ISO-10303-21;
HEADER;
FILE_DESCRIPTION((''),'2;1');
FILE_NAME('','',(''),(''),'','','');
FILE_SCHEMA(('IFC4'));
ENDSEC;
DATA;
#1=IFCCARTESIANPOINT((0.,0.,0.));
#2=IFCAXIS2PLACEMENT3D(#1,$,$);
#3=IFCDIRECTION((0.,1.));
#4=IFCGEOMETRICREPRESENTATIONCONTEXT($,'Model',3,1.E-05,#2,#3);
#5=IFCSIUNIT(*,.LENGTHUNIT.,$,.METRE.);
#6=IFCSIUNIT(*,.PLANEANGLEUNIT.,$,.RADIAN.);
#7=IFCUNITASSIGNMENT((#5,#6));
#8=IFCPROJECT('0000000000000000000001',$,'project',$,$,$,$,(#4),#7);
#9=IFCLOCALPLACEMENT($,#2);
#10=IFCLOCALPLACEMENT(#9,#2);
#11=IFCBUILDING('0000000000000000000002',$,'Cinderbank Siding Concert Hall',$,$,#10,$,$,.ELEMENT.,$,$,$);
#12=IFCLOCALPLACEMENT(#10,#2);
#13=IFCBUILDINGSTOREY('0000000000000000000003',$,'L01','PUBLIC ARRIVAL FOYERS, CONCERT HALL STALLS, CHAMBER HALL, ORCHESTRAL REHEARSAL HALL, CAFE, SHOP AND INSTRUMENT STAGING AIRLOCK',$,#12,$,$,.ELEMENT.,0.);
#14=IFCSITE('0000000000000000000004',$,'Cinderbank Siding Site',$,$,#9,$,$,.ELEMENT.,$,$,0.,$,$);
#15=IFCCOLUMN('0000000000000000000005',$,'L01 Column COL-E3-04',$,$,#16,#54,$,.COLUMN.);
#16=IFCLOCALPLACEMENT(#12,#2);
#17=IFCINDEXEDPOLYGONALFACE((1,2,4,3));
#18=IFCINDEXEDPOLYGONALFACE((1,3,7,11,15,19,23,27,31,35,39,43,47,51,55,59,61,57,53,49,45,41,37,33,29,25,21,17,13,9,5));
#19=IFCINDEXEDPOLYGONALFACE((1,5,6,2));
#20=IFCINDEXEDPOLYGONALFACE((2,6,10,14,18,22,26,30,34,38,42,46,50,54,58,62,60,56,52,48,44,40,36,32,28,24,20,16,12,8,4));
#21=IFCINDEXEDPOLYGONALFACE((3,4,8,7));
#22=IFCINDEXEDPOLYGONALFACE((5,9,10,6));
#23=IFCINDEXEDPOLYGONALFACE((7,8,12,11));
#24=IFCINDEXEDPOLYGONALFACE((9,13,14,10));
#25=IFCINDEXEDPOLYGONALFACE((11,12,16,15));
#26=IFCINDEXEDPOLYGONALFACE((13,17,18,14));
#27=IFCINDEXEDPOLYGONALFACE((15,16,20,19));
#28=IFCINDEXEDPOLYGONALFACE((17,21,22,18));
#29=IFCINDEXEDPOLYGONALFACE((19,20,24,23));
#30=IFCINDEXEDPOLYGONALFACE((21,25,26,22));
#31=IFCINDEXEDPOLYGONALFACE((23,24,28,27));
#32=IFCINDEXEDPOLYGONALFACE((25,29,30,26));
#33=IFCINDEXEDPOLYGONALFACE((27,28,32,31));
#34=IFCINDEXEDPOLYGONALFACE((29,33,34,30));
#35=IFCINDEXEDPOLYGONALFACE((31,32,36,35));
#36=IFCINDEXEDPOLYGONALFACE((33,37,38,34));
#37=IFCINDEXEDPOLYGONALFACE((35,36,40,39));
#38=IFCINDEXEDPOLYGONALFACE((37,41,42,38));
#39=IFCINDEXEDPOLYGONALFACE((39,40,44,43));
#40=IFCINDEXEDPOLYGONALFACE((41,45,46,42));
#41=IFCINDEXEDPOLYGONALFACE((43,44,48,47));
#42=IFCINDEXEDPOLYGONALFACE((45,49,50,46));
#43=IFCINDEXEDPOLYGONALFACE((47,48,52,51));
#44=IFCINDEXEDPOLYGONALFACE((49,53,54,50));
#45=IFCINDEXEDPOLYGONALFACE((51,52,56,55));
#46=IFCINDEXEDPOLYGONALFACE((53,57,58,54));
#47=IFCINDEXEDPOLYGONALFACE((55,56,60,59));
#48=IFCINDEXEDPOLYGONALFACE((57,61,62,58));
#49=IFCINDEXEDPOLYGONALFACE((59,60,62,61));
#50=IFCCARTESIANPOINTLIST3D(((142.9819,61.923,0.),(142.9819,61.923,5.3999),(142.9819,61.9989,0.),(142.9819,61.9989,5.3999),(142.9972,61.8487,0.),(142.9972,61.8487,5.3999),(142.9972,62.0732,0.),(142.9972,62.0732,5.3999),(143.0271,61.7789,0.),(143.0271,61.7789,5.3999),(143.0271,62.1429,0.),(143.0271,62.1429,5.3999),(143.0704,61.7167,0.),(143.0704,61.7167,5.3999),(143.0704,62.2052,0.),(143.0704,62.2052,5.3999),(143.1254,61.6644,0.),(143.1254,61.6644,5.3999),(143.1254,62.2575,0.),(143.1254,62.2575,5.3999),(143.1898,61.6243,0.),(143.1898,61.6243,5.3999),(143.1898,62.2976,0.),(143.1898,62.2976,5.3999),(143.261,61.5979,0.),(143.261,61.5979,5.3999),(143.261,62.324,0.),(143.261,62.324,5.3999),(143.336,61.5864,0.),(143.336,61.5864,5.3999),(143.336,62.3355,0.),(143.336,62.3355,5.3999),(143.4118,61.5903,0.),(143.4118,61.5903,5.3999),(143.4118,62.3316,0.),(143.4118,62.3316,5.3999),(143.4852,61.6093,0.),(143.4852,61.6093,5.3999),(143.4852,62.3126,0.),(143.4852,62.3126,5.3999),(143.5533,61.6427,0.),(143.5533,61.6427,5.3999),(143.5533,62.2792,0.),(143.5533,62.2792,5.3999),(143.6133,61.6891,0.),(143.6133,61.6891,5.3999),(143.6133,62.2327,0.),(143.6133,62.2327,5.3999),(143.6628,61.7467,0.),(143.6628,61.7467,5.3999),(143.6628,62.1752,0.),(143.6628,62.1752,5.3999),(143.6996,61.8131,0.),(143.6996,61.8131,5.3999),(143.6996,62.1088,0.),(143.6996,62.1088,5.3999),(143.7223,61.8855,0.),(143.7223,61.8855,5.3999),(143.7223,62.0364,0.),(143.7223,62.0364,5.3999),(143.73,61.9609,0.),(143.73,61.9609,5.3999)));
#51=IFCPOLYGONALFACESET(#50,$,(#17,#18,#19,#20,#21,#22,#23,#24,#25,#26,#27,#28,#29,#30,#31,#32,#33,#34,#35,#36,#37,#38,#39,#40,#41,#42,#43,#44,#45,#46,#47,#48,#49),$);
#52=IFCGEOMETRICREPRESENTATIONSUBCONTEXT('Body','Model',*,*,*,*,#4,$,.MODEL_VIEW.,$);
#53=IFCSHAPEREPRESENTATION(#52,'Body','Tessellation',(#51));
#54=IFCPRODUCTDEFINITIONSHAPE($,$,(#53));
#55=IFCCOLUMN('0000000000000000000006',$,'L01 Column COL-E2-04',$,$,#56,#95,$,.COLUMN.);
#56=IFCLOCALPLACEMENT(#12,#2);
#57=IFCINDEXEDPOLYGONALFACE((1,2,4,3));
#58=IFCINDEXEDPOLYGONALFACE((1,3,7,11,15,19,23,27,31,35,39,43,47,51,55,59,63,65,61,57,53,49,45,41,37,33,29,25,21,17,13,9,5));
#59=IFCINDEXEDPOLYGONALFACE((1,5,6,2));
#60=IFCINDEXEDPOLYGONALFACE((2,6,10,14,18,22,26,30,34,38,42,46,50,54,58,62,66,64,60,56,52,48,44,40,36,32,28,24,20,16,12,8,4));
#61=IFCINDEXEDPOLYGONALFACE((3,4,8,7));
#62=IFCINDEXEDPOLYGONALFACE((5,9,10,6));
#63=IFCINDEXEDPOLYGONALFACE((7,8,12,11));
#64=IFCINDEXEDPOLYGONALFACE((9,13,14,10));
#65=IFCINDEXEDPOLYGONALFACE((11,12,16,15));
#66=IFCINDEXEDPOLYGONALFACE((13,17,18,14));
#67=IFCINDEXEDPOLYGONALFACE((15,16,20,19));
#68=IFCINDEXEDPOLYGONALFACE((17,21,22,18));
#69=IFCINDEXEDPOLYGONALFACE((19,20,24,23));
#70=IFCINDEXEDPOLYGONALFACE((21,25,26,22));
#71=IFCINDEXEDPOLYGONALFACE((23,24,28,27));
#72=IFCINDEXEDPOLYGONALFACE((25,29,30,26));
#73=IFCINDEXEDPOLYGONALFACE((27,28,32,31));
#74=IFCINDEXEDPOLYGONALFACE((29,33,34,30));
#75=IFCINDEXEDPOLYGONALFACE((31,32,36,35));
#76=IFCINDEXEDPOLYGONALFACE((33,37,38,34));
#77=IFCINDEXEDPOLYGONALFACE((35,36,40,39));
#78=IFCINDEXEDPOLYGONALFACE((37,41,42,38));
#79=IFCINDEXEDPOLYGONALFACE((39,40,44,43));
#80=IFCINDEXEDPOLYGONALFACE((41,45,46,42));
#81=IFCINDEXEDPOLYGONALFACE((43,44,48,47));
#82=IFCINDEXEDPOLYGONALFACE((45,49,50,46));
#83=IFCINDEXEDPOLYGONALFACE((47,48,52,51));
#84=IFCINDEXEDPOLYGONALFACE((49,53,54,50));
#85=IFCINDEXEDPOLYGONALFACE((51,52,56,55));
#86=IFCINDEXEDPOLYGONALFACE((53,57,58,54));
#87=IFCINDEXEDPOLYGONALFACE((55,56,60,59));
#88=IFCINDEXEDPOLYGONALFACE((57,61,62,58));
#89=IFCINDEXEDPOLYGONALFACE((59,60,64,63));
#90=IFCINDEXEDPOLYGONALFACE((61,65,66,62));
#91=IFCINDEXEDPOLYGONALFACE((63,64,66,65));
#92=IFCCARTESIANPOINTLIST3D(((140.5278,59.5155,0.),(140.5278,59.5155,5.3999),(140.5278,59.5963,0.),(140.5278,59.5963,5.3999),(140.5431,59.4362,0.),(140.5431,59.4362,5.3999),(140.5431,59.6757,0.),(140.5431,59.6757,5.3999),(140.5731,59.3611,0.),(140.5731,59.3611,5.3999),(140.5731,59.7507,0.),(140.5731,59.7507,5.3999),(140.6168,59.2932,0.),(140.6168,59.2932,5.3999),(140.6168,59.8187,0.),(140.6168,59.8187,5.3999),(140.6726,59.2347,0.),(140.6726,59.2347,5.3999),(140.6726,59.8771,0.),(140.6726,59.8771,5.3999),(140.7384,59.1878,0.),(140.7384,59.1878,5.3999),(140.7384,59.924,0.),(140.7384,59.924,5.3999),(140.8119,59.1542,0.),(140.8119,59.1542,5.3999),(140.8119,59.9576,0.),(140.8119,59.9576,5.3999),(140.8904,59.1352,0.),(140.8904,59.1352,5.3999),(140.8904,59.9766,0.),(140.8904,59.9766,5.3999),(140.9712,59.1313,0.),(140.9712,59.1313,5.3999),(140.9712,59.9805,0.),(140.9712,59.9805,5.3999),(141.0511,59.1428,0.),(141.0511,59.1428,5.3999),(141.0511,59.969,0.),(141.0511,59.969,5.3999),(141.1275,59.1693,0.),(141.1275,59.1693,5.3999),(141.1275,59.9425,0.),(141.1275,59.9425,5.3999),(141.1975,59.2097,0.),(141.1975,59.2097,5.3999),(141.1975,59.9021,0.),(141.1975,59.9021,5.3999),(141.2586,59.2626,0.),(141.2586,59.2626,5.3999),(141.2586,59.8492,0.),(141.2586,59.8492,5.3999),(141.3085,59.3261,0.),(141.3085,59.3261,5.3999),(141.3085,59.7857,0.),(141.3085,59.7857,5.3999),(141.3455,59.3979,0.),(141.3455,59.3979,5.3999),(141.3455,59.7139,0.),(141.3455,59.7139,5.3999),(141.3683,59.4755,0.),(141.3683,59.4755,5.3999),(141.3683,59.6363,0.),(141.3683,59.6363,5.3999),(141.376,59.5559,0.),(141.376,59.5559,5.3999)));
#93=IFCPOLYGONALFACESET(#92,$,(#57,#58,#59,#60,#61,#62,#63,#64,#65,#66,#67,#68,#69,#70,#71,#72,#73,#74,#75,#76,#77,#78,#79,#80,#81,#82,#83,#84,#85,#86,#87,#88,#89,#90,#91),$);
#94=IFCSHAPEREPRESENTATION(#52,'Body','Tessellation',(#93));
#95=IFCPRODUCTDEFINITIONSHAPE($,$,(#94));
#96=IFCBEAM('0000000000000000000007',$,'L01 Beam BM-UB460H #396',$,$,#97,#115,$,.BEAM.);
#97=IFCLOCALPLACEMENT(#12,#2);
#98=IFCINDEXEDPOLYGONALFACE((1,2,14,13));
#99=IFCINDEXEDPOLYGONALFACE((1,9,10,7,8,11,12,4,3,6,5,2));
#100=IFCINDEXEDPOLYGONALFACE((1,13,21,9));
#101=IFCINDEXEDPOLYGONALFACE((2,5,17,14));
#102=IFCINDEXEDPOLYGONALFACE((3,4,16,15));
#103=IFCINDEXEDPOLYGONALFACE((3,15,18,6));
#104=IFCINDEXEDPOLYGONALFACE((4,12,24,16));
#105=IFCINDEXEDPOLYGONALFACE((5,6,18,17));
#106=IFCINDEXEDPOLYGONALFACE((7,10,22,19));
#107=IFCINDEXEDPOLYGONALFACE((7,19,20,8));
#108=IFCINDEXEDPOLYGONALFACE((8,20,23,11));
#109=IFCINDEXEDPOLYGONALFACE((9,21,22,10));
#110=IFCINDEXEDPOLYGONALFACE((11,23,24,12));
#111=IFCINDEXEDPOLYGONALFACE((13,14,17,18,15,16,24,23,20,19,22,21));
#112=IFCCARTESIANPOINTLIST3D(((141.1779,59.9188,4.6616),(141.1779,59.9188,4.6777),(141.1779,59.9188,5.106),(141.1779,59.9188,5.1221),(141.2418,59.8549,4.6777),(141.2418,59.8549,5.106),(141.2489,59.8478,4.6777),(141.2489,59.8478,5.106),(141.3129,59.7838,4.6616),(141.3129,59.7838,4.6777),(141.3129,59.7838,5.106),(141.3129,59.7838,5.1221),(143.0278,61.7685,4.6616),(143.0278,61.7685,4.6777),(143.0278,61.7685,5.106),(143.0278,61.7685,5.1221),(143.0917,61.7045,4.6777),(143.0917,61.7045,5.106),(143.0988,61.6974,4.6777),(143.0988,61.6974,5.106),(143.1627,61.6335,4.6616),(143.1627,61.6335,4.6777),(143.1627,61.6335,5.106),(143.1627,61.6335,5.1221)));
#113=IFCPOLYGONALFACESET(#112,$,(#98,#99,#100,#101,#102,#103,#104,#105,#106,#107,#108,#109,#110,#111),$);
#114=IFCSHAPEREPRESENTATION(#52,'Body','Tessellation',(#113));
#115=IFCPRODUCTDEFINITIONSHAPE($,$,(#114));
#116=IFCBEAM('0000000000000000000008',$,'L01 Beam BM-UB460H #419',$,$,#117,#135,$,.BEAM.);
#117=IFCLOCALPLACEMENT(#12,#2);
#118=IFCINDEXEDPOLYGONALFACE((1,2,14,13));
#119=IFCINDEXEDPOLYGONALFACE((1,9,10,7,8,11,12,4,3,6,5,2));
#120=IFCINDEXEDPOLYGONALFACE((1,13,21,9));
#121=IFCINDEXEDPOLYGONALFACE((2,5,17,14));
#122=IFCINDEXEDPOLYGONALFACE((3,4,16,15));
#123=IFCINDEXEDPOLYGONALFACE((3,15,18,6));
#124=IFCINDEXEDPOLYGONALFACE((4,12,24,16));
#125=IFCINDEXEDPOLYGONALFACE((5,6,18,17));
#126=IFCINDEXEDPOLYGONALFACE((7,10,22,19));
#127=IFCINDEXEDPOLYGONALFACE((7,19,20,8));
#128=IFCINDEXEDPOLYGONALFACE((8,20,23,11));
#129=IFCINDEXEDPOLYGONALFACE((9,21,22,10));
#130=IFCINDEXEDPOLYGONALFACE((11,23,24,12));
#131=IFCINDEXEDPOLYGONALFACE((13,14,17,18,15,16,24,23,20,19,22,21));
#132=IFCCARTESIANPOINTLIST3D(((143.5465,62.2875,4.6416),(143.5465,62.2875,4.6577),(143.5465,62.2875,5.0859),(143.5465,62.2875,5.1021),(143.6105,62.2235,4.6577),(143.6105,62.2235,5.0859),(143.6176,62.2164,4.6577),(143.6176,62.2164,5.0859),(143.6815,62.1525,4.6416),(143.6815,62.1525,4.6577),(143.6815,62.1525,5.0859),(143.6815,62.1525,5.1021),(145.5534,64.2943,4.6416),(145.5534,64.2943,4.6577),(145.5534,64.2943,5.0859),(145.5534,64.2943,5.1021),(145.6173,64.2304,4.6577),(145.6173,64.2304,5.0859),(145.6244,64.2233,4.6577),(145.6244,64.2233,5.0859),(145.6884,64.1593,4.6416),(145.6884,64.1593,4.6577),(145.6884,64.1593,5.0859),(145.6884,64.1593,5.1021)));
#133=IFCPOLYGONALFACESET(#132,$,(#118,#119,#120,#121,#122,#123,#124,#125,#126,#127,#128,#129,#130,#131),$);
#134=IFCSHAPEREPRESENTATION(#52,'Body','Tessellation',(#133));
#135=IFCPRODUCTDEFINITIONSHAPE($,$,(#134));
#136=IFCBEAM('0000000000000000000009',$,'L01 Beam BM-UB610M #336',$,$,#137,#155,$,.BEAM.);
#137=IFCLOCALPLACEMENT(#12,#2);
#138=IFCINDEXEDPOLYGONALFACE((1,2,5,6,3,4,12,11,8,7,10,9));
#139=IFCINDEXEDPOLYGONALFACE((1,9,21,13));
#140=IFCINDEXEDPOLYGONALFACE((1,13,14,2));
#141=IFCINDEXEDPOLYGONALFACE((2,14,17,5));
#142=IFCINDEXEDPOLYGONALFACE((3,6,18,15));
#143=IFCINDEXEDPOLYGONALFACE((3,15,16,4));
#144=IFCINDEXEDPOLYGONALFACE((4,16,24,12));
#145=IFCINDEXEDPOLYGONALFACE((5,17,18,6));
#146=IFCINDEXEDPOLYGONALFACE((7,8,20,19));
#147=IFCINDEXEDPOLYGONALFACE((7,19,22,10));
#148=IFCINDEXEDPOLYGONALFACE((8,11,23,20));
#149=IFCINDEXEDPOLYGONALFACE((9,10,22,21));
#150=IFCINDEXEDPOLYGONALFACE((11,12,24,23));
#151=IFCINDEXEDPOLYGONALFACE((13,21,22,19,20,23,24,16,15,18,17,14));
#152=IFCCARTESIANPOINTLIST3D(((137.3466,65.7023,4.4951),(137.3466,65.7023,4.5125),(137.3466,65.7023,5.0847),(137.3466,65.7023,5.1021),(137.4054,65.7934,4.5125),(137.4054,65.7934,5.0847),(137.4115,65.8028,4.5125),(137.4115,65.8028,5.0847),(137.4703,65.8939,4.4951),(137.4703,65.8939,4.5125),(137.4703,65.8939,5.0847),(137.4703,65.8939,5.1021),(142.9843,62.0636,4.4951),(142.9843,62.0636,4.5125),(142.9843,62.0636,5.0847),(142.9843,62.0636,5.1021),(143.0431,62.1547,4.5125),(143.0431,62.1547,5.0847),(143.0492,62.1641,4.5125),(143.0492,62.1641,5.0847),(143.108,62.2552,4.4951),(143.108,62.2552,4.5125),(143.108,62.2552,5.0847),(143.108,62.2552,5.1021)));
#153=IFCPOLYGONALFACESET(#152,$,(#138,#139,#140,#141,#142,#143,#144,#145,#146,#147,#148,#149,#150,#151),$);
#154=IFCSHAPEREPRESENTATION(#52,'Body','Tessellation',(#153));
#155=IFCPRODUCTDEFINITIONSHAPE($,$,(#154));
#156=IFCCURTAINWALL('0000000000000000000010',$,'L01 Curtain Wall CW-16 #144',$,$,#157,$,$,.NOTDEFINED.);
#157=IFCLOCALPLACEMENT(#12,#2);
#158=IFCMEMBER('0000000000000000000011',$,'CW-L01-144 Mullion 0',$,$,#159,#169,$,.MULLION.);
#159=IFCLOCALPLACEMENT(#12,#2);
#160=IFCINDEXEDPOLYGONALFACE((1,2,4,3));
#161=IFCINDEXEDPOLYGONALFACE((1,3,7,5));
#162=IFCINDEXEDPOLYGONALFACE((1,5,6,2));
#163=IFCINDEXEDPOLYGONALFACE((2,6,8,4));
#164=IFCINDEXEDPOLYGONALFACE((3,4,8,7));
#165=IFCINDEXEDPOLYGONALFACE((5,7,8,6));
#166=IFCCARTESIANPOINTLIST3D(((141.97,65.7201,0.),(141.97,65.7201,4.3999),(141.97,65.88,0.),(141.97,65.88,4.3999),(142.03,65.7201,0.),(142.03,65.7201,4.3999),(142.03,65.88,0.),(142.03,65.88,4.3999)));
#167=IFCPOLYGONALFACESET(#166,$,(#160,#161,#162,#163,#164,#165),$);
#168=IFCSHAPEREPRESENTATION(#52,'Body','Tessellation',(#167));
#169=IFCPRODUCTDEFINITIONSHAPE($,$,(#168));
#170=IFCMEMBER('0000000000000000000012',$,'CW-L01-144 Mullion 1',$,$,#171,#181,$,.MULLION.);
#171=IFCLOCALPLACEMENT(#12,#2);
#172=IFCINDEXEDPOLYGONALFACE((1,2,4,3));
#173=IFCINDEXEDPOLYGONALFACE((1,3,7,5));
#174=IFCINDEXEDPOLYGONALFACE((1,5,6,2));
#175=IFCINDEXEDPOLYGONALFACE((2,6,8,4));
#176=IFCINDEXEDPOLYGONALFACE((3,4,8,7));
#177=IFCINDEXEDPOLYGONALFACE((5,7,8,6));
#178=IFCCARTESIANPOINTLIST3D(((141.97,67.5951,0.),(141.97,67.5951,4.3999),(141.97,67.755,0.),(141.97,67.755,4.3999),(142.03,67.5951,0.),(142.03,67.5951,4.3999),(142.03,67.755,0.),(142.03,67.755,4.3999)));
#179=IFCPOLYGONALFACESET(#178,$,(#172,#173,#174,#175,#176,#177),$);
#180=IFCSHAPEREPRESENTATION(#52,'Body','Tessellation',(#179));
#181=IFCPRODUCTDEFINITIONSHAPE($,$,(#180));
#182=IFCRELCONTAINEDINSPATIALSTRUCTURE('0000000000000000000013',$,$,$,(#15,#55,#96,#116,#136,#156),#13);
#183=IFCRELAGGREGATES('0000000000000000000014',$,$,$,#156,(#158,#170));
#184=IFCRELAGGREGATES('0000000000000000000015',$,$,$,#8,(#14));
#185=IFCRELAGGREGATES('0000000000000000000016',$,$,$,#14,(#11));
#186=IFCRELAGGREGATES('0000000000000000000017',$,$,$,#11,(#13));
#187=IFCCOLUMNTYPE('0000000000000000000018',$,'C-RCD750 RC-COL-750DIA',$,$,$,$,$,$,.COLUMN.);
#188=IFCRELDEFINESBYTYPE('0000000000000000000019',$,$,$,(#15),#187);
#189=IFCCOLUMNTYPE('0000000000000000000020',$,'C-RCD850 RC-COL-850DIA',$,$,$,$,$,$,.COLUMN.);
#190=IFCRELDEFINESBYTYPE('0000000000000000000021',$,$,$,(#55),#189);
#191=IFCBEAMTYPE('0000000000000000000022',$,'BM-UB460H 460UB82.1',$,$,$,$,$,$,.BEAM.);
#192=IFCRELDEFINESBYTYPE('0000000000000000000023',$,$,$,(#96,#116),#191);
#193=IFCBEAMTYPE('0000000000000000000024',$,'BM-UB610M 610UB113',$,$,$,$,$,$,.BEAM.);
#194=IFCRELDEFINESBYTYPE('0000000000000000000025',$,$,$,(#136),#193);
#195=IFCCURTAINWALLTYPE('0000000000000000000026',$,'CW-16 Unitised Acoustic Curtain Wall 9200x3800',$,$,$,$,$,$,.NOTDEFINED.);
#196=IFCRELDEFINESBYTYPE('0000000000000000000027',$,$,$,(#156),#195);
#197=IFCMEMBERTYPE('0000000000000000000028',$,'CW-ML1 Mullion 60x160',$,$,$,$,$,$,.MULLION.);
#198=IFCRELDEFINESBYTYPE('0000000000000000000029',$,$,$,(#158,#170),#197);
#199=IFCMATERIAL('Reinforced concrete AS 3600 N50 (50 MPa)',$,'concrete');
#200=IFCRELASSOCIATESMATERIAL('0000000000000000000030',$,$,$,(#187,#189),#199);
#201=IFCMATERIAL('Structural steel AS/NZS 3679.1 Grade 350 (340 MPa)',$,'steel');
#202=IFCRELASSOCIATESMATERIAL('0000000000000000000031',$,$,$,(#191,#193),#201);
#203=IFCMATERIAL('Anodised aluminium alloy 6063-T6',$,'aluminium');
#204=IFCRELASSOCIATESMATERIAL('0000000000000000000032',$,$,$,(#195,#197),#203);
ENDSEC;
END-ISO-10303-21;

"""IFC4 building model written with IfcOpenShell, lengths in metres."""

from ifc_helpers import new_model, si_unit, direction, frame, origin, origin_2d, place, context, subcontext, project, spatial, rectangle, circle, i_section, extrude, material, material_profile, profile_set, type_object, element, aggregate, save


model = new_model("IFC4")

# Units and contexts
model_context = context("Model", 3, precision=1e-05, world=origin(), true_north=direction((0.0, 1.0)))
body_context = subcontext(model_context, "Body", "Model", "MODEL_VIEW")
ifc_project = project(units=[si_unit("LENGTHUNIT", "METRE"), si_unit("PLANEANGLEUNIT", "RADIAN")], contexts=[model_context])

# Site, building, storey
site_placement = place(None, origin())
site = spatial("IfcSite", under=ifc_project, at=site_placement, Name="Cinderbank Siding Site", CompositionType="ELEMENT", RefElevation=0.0)
building_placement = place(site_placement, origin())
building = spatial("IfcBuilding", under=site, at=building_placement, Name="Cinderbank Siding Concert Hall", CompositionType="ELEMENT")
storey_placement = place(building_placement, origin())
storey = spatial("IfcBuildingStorey", under=building, at=storey_placement, Name="L01", Description="PUBLIC ARRIVAL FOYERS, CONCERT HALL STALLS, CHAMBER HALL, ORCHESTRAL REHEARSAL HALL, CAFE, SHOP AND INSTRUMENT STAGING AIRLOCK", CompositionType="ELEMENT", Elevation=0.0)

# Columns
ifc_material_1 = material(Name="Reinforced concrete AS 3600 N50 (50 MPa)", Category="concrete")
ifc_material_profile_1 = material_profile(ifc_material_1, circle(Radius=0.375, at=origin_2d()), Name="RC-COL-750DIA", Category="LoadBearing")
ifc_profile_set_1 = profile_set([ifc_material_profile_1], Name="Reinforced concrete AS 3600 N50 (50 MPa)")
column_type_1 = type_object("IfcColumnType", Name="C-RCD750 RC-COL-750DIA", PredefinedType="COLUMN", material=ifc_profile_set_1)
column_1_placement = place(storey_placement, frame((143.355, 61.9609, 0.0), z_axis=(0.0, 0.0, 1.0), x_axis=(1.0, 0.0, 0.0)))
element("IfcColumn", 1, at=column_1_placement, inside=storey, type_object=column_type_1, Name="L01 Column COL-E3-04", PredefinedType="COLUMN", context=body_context, shape_type="SweptSolid", body=[
    extrude(circle(Radius=0.375, at=origin_2d()), origin(), (0.0, 0.0, 1.0), 5.3999),
])
ifc_material_profile_2 = material_profile(ifc_material_1, circle(Radius=0.425, at=origin_2d()), Name="RC-COL-850DIA", Category="LoadBearing")
ifc_profile_set_2 = profile_set([ifc_material_profile_2], Name="Reinforced concrete AS 3600 N50 (50 MPa)")
column_type_2 = type_object("IfcColumnType", Name="C-RCD850 RC-COL-850DIA", PredefinedType="COLUMN", material=ifc_profile_set_2)
column_2_placement = place(storey_placement, frame((140.9509, 59.5559, 0.0), z_axis=(0.0, 0.0, 1.0), x_axis=(1.0, 0.0, 0.0)))
element("IfcColumn", 2, at=column_2_placement, inside=storey, type_object=column_type_2, Name="L01 Column COL-E2-04", PredefinedType="COLUMN", context=body_context, shape_type="SweptSolid", body=[
    extrude(circle(Radius=0.425, at=origin_2d()), origin(), (0.0, 0.0, 1.0), 5.3999),
])

# Beams
ifc_material_2 = material(Name="Structural steel AS/NZS 3679.1 Grade 350 (340 MPa)", Category="steel")
ifc_material_profile_3 = material_profile(ifc_material_2, i_section(OverallWidth=0.1909, OverallDepth=0.4604, WebThickness=0.01, FlangeThickness=0.0161, at=origin_2d()), Name="460UB82.1", Category="LoadBearing")
ifc_profile_set_3 = profile_set([ifc_material_profile_3], Name="Structural steel AS/NZS 3679.1 Grade 350 (340 MPa)")
beam_type_1 = type_object("IfcBeamType", Name="BM-UB460H 460UB82.1", PredefinedType="BEAM", material=ifc_profile_set_3)
beam_1_placement = place(storey_placement, frame((141.2454, 59.8513, 4.8918), z_axis=(0.707153, 0.70706, 0.0), x_axis=(-0.70706, 0.707153, 0.0)))
element("IfcBeam", 3, at=beam_1_placement, inside=storey, type_object=beam_type_1, Name="L01 Beam BM-UB460H #396", PredefinedType="BEAM", context=body_context, shape_type="SweptSolid", body=[
    extrude(i_section(OverallWidth=0.1909, OverallDepth=0.4604, WebThickness=0.01, FlangeThickness=0.0161, at=origin_2d()), origin(), (0.0, 0.0, 1.0), 2.616),
])
beam_2_placement = place(storey_placement, frame((143.614, 62.22, 4.8718), z_axis=(0.707107, 0.707107, 0.0), x_axis=(-0.707107, 0.707107, 0.0)))
element("IfcBeam", 4, at=beam_2_placement, inside=storey, type_object=beam_type_1, Name="L01 Beam BM-UB460H #419", PredefinedType="BEAM", context=body_context, shape_type="SweptSolid", body=[
    extrude(i_section(OverallWidth=0.1909, OverallDepth=0.4604, WebThickness=0.01, FlangeThickness=0.0161, at=origin_2d()), origin(), (0.0, 0.0, 1.0), 2.8381),
])
ifc_material_profile_4 = material_profile(ifc_material_2, i_section(OverallWidth=0.228, OverallDepth=0.6069, WebThickness=0.0112, FlangeThickness=0.0173, at=origin_2d()), Name="610UB113", Category="LoadBearing")
ifc_profile_set_4 = profile_set([ifc_material_profile_4], Name="Structural steel AS/NZS 3679.1 Grade 350 (340 MPa)")
beam_type_2 = type_object("IfcBeamType", Name="BM-UB610M 610UB113", PredefinedType="BEAM", material=ifc_profile_set_4)
beam_3_placement = place(storey_placement, frame((143.0461, 62.1594, 4.7986), z_axis=(-0.840198, 0.542279, 0.0), x_axis=(-0.542279, -0.840198, 0.0)))
element("IfcBeam", 5, at=beam_3_placement, inside=storey, type_object=beam_type_2, Name="L01 Beam BM-UB610M #336", PredefinedType="BEAM", context=body_context, shape_type="SweptSolid", body=[
    extrude(i_section(OverallWidth=0.228, OverallDepth=0.6069, WebThickness=0.0112, FlangeThickness=0.0173, at=origin_2d()), origin(), (0.0, 0.0, 1.0), 6.71),
])

# Curtain wall, members
ifc_material_3 = material(Name="Anodised aluminium alloy 6063-T6", Category="aluminium")
curtain_wall_type = type_object("IfcCurtainWallType", Name="CW-16 Unitised Acoustic Curtain Wall 9200x3800", PredefinedType="NOTDEFINED", material=ifc_material_3)
curtain_wall_placement = place(storey_placement, origin())
curtain_wall = element("IfcCurtainWall", 6, at=curtain_wall_placement, inside=storey, type_object=curtain_wall_type, Name="L01 Curtain Wall CW-16 #144", PredefinedType="NOTDEFINED")
ifc_material_profile_5 = material_profile(ifc_material_3, rectangle(XDim=0.0601, YDim=0.1599, at=origin_2d()), Name="ALU-MULL-60x160", Category="LoadBearing")
ifc_profile_set_5 = profile_set([ifc_material_profile_5], Name="Anodised aluminium alloy 6063-T6")
member_type_1 = type_object("IfcMemberType", Name="CW-ML1 Mullion 60x160", PredefinedType="MULLION", material=ifc_profile_set_5)
member_1_placement = place(storey_placement, frame((142.0, 65.8, 0.0), z_axis=(0.0, 0.0, 1.0), x_axis=(1.0, 0.0, 0.0)))
member_1 = element("IfcMember", 7, at=member_1_placement, type_object=member_type_1, Name="CW-L01-144 Mullion 0", PredefinedType="MULLION", context=body_context, shape_type="SweptSolid", body=[
    extrude(rectangle(XDim=0.0601, YDim=0.1599, at=origin_2d()), origin(), (0.0, 0.0, 1.0), 4.3999),
])
member_2_placement = place(storey_placement, frame((142.0, 67.675, 0.0), z_axis=(0.0, 0.0, 1.0), x_axis=(1.0, 0.0, 0.0)))
member_2 = element("IfcMember", 8, at=member_2_placement, type_object=member_type_1, Name="CW-L01-144 Mullion 1", PredefinedType="MULLION", context=body_context, shape_type="SweptSolid", body=[
    extrude(rectangle(XDim=0.0601, YDim=0.1599, at=origin_2d()), origin(), (0.0, 0.0, 1.0), 4.3999),
])
aggregate(curtain_wall, [member_1, member_2])

save(model, "model.ifc")
